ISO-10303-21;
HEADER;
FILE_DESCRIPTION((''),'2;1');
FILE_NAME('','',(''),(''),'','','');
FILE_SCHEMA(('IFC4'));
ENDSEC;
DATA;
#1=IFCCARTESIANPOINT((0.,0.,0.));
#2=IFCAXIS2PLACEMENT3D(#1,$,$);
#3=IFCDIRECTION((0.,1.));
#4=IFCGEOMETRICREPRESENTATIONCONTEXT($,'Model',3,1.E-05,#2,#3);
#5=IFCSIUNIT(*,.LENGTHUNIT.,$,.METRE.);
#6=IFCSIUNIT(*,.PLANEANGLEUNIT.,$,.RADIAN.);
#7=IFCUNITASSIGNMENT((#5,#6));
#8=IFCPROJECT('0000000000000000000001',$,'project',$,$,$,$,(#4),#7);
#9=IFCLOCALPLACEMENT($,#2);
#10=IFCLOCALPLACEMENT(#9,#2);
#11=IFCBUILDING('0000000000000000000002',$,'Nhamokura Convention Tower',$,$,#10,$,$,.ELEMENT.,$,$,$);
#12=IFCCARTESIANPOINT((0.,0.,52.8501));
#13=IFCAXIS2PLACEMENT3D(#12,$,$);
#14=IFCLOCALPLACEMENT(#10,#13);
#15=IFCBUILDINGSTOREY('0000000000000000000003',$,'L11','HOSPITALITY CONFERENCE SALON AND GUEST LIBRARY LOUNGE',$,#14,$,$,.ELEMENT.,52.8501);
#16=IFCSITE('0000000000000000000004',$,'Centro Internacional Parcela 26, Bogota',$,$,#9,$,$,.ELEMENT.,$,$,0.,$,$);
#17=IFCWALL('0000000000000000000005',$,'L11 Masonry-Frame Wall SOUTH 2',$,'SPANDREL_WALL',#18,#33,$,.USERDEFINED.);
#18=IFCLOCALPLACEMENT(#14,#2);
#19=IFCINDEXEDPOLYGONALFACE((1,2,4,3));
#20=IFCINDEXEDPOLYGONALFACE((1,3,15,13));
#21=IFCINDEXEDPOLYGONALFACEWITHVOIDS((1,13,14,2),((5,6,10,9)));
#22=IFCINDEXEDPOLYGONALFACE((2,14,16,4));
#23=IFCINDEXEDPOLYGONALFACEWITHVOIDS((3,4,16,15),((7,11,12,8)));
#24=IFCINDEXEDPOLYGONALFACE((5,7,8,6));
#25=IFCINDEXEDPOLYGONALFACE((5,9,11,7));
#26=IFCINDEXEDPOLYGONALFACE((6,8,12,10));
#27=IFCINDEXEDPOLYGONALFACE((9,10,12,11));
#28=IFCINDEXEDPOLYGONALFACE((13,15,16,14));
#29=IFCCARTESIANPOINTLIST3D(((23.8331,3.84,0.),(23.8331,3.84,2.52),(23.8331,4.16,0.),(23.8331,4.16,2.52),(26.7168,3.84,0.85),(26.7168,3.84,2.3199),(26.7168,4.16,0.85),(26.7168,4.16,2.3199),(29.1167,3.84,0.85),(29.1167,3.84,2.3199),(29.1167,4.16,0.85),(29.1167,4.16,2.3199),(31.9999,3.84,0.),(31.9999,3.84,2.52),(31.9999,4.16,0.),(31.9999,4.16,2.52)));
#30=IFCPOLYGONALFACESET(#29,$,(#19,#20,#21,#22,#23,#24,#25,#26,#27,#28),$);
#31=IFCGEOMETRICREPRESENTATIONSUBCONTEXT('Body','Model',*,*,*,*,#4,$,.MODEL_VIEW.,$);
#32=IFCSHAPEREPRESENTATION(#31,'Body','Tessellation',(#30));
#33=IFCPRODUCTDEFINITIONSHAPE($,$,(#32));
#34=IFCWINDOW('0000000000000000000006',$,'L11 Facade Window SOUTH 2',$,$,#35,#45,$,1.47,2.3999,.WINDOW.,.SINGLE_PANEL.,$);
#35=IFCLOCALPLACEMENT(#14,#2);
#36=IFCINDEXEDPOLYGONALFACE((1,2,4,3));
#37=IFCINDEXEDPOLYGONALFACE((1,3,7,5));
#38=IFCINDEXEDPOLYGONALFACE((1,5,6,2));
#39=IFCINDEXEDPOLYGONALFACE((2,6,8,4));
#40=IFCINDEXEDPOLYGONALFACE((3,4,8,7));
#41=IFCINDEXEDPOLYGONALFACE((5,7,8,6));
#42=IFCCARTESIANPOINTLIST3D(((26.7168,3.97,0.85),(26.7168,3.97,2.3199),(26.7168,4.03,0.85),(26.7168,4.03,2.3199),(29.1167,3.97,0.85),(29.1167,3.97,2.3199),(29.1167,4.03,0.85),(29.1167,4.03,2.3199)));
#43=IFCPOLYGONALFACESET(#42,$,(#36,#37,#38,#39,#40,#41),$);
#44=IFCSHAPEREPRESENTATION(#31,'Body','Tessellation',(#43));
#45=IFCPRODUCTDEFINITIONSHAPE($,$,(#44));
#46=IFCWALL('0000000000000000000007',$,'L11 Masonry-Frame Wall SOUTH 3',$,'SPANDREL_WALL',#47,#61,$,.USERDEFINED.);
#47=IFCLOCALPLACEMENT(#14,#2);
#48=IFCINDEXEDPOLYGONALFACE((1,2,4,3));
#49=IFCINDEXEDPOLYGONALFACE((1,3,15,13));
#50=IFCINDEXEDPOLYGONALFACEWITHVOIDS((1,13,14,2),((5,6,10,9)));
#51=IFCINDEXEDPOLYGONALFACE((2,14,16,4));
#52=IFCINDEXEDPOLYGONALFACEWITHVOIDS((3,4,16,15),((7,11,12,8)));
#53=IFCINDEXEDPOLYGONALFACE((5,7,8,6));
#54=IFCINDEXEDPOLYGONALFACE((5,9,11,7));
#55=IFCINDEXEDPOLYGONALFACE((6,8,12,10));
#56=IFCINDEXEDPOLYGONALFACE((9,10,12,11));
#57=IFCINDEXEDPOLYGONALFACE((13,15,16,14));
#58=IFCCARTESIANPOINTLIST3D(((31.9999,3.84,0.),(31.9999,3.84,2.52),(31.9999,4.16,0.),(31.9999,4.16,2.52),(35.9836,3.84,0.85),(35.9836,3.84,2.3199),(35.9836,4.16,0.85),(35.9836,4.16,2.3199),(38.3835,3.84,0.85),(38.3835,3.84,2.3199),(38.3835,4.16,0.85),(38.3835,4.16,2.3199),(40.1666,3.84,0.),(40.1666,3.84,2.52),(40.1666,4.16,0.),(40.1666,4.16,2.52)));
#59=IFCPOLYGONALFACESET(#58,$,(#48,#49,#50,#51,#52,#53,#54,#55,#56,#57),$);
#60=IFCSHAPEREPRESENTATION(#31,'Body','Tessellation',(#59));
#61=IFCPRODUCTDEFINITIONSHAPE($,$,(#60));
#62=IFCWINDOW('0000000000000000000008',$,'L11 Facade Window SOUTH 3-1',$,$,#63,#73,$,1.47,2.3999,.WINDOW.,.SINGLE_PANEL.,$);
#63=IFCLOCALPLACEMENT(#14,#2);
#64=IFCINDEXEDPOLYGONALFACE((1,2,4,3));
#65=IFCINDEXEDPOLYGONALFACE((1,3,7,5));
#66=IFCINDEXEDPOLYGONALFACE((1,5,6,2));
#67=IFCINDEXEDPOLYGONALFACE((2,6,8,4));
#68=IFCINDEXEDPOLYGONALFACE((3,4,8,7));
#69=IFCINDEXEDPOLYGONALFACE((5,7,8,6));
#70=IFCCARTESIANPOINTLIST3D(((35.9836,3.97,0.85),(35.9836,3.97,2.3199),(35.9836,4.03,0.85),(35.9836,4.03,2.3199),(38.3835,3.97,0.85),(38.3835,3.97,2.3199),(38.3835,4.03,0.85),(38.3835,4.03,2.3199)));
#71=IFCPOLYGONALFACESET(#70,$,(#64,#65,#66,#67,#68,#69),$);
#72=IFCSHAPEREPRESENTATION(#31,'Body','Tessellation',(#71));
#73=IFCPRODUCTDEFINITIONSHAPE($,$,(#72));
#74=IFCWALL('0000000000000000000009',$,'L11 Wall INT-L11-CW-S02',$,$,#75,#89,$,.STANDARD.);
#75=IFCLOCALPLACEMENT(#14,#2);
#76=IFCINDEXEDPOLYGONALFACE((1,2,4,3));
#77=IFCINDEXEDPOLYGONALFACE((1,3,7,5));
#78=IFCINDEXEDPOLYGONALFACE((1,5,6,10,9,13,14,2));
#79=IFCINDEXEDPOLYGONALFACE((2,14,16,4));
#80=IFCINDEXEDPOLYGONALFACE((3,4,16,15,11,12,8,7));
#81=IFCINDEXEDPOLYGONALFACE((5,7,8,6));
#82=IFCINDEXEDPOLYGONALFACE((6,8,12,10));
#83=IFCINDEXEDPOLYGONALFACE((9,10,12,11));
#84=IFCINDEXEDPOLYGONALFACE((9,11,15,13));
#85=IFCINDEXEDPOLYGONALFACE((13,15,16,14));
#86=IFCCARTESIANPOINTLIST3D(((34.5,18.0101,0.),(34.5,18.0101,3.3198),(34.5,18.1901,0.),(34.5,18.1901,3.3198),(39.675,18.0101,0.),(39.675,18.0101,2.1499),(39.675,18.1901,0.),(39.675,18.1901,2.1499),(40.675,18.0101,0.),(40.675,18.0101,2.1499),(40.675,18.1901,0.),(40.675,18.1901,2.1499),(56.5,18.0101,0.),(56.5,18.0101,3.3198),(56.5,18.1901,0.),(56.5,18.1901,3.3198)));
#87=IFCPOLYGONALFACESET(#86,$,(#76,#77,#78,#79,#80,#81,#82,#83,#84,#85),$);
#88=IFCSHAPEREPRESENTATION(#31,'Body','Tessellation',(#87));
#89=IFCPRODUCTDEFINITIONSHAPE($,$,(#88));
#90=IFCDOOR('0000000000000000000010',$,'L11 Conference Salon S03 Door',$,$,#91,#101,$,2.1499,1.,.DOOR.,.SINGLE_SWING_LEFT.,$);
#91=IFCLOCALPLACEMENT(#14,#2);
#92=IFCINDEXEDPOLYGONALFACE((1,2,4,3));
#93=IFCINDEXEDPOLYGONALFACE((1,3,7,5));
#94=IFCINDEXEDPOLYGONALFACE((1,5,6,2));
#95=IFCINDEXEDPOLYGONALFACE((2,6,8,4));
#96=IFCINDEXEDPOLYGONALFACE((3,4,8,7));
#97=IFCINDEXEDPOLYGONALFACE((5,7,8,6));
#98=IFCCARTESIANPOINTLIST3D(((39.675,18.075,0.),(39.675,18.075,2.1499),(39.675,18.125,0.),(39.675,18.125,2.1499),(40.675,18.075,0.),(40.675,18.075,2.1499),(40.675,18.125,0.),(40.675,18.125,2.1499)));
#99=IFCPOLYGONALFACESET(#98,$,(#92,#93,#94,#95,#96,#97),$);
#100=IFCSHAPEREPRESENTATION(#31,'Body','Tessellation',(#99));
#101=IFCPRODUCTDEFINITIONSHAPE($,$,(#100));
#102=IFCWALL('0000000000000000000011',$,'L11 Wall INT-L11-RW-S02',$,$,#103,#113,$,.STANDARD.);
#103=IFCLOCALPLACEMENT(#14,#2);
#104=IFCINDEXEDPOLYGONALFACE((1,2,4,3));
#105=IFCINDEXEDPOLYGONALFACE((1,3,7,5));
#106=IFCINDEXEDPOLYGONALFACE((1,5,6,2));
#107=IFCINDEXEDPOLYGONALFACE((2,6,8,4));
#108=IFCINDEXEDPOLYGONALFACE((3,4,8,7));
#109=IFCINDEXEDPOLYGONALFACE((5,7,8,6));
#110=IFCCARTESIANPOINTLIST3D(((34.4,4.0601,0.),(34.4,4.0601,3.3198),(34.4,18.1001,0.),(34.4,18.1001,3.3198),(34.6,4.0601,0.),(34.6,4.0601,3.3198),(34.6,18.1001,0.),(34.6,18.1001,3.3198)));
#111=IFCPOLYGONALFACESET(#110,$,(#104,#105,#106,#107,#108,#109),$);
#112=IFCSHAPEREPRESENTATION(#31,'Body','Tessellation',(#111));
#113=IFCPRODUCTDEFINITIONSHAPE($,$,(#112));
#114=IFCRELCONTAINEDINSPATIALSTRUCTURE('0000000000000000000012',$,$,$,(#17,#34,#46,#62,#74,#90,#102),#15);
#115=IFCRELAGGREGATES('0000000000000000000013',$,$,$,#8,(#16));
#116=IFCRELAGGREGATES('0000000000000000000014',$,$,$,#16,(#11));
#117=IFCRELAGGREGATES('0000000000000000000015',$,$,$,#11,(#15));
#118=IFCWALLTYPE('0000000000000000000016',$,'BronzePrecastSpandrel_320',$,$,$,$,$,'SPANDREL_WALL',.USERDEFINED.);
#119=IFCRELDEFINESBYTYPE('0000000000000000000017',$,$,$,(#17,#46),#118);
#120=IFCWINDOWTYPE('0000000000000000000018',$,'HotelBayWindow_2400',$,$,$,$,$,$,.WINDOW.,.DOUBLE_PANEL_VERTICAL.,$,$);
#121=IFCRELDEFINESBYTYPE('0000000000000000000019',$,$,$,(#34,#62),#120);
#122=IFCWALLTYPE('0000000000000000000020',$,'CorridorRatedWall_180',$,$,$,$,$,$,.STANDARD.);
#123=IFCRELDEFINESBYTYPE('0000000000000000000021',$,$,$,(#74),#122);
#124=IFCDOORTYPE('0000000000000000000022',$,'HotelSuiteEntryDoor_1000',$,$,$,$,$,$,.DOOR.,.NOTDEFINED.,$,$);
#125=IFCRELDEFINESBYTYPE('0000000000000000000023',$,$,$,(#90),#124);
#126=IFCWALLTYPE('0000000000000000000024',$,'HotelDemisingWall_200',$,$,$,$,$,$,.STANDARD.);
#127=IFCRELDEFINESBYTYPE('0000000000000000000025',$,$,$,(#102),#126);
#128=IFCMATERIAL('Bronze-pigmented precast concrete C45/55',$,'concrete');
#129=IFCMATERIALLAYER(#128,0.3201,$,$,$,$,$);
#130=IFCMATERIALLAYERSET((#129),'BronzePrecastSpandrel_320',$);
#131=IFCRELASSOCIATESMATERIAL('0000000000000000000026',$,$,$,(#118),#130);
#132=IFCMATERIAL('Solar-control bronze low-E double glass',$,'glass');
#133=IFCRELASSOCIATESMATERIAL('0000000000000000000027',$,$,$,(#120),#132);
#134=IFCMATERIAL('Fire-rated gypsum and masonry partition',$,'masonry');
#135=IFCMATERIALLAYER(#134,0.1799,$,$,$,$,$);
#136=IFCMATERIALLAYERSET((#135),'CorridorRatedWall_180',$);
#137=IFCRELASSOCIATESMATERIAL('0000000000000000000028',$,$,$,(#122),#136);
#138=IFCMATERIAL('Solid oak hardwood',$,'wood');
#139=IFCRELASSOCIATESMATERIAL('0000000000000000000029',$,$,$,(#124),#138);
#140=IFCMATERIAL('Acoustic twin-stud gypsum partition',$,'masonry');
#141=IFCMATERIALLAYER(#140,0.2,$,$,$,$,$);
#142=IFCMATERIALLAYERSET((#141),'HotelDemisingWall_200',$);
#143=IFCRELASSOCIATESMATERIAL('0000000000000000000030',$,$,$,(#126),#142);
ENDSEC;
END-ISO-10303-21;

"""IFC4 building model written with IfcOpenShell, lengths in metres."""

from ifc_helpers import new_model, si_unit, direction, frame, frame_2d, origin, place, context, subcontext, project, spatial, rectangle, extrude, material, layer, layer_set, type_object, element, fill, save


model = new_model("IFC4")

# Units and contexts
model_context = context("Model", 3, precision=1e-05, world=origin(), true_north=direction((0.0, 1.0)))
body_context = subcontext(model_context, "Body", "Model", "MODEL_VIEW")
ifc_project = project(units=[si_unit("LENGTHUNIT", "METRE"), si_unit("PLANEANGLEUNIT", "RADIAN")], contexts=[model_context])

# Site, building, storey
site_placement = place(None, origin())
site = spatial("IfcSite", under=ifc_project, at=site_placement, Name="Centro Internacional Parcela 26, Bogota", CompositionType="ELEMENT", RefElevation=0.0)
building_placement = place(site_placement, origin())
building = spatial("IfcBuilding", under=site, at=building_placement, Name="Nhamokura Convention Tower", CompositionType="ELEMENT")
storey_placement = place(building_placement, frame((0.0, 0.0, 52.8501)))
storey = spatial("IfcBuildingStorey", under=building, at=storey_placement, Name="L11", Description="HOSPITALITY CONFERENCE SALON AND GUEST LIBRARY LOUNGE", CompositionType="ELEMENT", Elevation=52.8501)

# Walls, openings, windows
ifc_material_1 = material(Name="Bronze-pigmented precast concrete C45/55", Category="concrete")
ifc_layer_1 = layer(ifc_material_1, 0.3201)
ifc_layer_set_1 = layer_set([ifc_layer_1], Name="BronzePrecastSpandrel_320")
wall_type_1 = type_object("IfcWallType", Name="BronzePrecastSpandrel_320", ElementType="SPANDREL_WALL", PredefinedType="USERDEFINED", material=ifc_layer_set_1)
wall_1_placement = place(storey_placement, frame((32.0, 4.0, 0.0), z_axis=(0.0, 0.0, 1.0), x_axis=(-1.0, 0.0, 0.0)))
wall_1 = element("IfcWall", 1, at=wall_1_placement, inside=storey, type_object=wall_type_1, Name="L11 Masonry-Frame Wall SOUTH 2", ObjectType="SPANDREL_WALL", PredefinedType="USERDEFINED", context=body_context, shape_type="SweptSolid", body=[
    extrude(rectangle(XDim=8.1667, YDim=0.3201, at=frame_2d((4.0835, 0.0))), origin(), (0.0, 0.0, 1.0), 2.52),
])
opening_1_placement = place(wall_1_placement, frame((2.8833, 0.0, 0.8501)))
opening_1 = element("IfcOpeningElement", 2, at=opening_1_placement, cuts=wall_1, PredefinedType="OPENING", context=body_context, shape_type="SweptSolid", body=[
    extrude(rectangle(XDim=2.3999, YDim=1.47, at=frame_2d((1.2, 0.7349))), frame((0.0, 0.1699, 0.0), z_axis=(0.0, -1.0, 0.0), x_axis=(1.0, 0.0, 0.0)), (0.0, 0.0, 1.0), 0.3401),
])
ifc_material_2 = material(Name="Solar-control bronze low-E double glass", Category="glass")
window_type = type_object("IfcWindowType", Name="HotelBayWindow_2400", PartitioningType="DOUBLE_PANEL_VERTICAL", PredefinedType="WINDOW", material=ifc_material_2)
window_1_placement = place(opening_1_placement, origin())
window_1 = element("IfcWindow", 3, at=window_1_placement, inside=storey, type_object=window_type, Name="L11 Facade Window SOUTH 2", OverallHeight=1.47, OverallWidth=2.3999, PartitioningType="SINGLE_PANEL", PredefinedType="WINDOW", context=body_context, shape_type="SweptSolid", body=[
    extrude(rectangle(XDim=2.3999, YDim=1.47, at=frame_2d((1.2, 0.7349))), frame((0.0, 0.03, 0.0), z_axis=(0.0, -1.0, 0.0), x_axis=(1.0, 0.0, 0.0)), (0.0, 0.0, 1.0), 0.0601),
])
fill(opening_1, window_1)
wall_2_placement = place(storey_placement, frame((40.1667, 4.0, 0.0), z_axis=(0.0, 0.0, 1.0), x_axis=(-1.0, 0.0, 0.0)))
wall_2 = element("IfcWall", 4, at=wall_2_placement, inside=storey, type_object=wall_type_1, Name="L11 Masonry-Frame Wall SOUTH 3", ObjectType="SPANDREL_WALL", PredefinedType="USERDEFINED", context=body_context, shape_type="SweptSolid", body=[
    extrude(rectangle(XDim=8.1667, YDim=0.3201, at=frame_2d((4.0835, 0.0))), origin(), (0.0, 0.0, 1.0), 2.52),
])
opening_2_placement = place(wall_2_placement, frame((1.7832, 0.0, 0.8501)))
opening_2 = element("IfcOpeningElement", 5, at=opening_2_placement, cuts=wall_2, PredefinedType="OPENING", context=body_context, shape_type="SweptSolid", body=[
    extrude(rectangle(XDim=2.3999, YDim=1.47, at=frame_2d((1.2, 0.7349))), frame((0.0, 0.1699, 0.0), z_axis=(0.0, -1.0, 0.0), x_axis=(1.0, 0.0, 0.0)), (0.0, 0.0, 1.0), 0.3401),
])
window_2_placement = place(opening_2_placement, origin())
window_2 = element("IfcWindow", 6, at=window_2_placement, inside=storey, type_object=window_type, Name="L11 Facade Window SOUTH 3-1", OverallHeight=1.47, OverallWidth=2.3999, PartitioningType="SINGLE_PANEL", PredefinedType="WINDOW", context=body_context, shape_type="SweptSolid", body=[
    extrude(rectangle(XDim=2.3999, YDim=1.47, at=frame_2d((1.2, 0.7349))), frame((0.0, 0.03, 0.0), z_axis=(0.0, -1.0, 0.0), x_axis=(1.0, 0.0, 0.0)), (0.0, 0.0, 1.0), 0.0601),
])
fill(opening_2, window_2)

# Wall, opening, door
ifc_material_3 = material(Name="Fire-rated gypsum and masonry partition", Category="masonry")
ifc_layer_2 = layer(ifc_material_3, 0.1799)
ifc_layer_set_2 = layer_set([ifc_layer_2], Name="CorridorRatedWall_180")
wall_type_2 = type_object("IfcWallType", Name="CorridorRatedWall_180", PredefinedType="STANDARD", material=ifc_layer_set_2)
wall_3_placement = place(storey_placement, frame((34.5, 18.1001, 0.0), z_axis=(0.0, 0.0, 1.0), x_axis=(1.0, 0.0, 0.0)))
wall_3 = element("IfcWall", 7, at=wall_3_placement, inside=storey, type_object=wall_type_2, Name="L11 Wall INT-L11-CW-S02", PredefinedType="STANDARD", context=body_context, shape_type="SweptSolid", body=[
    extrude(rectangle(XDim=22.0, YDim=0.1799, at=frame_2d((11.0, 0.0))), origin(), (0.0, 0.0, 1.0), 3.3198),
])
opening_3_placement = place(wall_3_placement, frame((5.175, 0.0, 0.0)))
opening_3 = element("IfcOpeningElement", 8, at=opening_3_placement, cuts=wall_3, PredefinedType="OPENING", context=body_context, shape_type="SweptSolid", body=[
    extrude(rectangle(XDim=1.0, YDim=2.1499, at=frame_2d((0.5, 1.075))), frame((0.0, 0.0999, 0.0), z_axis=(0.0, -1.0, 0.0), x_axis=(1.0, 0.0, 0.0)), (0.0, 0.0, 1.0), 0.2),
])
ifc_material_4 = material(Name="Solid oak hardwood", Category="wood")
door_type_1 = type_object("IfcDoorType", Name="HotelSuiteEntryDoor_1000", OperationType="NOTDEFINED", PredefinedType="DOOR", material=ifc_material_4)
door_1_placement = place(opening_3_placement, origin())
door_1 = element("IfcDoor", 9, at=door_1_placement, inside=storey, type_object=door_type_1, Name="L11 Conference Salon S03 Door", OperationType="SINGLE_SWING_LEFT", OverallHeight=2.1499, OverallWidth=1.0, PredefinedType="DOOR", context=body_context, shape_type="SweptSolid", body=[
    extrude(rectangle(XDim=1.0, YDim=2.1499, at=frame_2d((0.5, 1.075))), frame((0.0, 0.0249, 0.0), z_axis=(0.0, -1.0, 0.0), x_axis=(1.0, 0.0, 0.0)), (0.0, 0.0, 1.0), 0.05),
])
fill(opening_3, door_1)

# Wall
ifc_material_5 = material(Name="Acoustic twin-stud gypsum partition", Category="masonry")
ifc_layer_3 = layer(ifc_material_5, 0.2)
ifc_layer_set_3 = layer_set([ifc_layer_3], Name="HotelDemisingWall_200")
wall_type_3 = type_object("IfcWallType", Name="HotelDemisingWall_200", PredefinedType="STANDARD", material=ifc_layer_set_3)
wall_4_placement = place(storey_placement, frame((34.5, 4.0601, 0.0), z_axis=(0.0, 0.0, 1.0), x_axis=(0.0, 1.0, 0.0)))
element("IfcWall", 10, at=wall_4_placement, inside=storey, type_object=wall_type_3, Name="L11 Wall INT-L11-RW-S02", PredefinedType="STANDARD", context=body_context, shape_type="SweptSolid", body=[
    extrude(rectangle(XDim=14.04, YDim=0.2, at=frame_2d((7.02, 0.0))), origin(), (0.0, 0.0, 1.0), 3.3198),
])

save(model, "model.ifc")
